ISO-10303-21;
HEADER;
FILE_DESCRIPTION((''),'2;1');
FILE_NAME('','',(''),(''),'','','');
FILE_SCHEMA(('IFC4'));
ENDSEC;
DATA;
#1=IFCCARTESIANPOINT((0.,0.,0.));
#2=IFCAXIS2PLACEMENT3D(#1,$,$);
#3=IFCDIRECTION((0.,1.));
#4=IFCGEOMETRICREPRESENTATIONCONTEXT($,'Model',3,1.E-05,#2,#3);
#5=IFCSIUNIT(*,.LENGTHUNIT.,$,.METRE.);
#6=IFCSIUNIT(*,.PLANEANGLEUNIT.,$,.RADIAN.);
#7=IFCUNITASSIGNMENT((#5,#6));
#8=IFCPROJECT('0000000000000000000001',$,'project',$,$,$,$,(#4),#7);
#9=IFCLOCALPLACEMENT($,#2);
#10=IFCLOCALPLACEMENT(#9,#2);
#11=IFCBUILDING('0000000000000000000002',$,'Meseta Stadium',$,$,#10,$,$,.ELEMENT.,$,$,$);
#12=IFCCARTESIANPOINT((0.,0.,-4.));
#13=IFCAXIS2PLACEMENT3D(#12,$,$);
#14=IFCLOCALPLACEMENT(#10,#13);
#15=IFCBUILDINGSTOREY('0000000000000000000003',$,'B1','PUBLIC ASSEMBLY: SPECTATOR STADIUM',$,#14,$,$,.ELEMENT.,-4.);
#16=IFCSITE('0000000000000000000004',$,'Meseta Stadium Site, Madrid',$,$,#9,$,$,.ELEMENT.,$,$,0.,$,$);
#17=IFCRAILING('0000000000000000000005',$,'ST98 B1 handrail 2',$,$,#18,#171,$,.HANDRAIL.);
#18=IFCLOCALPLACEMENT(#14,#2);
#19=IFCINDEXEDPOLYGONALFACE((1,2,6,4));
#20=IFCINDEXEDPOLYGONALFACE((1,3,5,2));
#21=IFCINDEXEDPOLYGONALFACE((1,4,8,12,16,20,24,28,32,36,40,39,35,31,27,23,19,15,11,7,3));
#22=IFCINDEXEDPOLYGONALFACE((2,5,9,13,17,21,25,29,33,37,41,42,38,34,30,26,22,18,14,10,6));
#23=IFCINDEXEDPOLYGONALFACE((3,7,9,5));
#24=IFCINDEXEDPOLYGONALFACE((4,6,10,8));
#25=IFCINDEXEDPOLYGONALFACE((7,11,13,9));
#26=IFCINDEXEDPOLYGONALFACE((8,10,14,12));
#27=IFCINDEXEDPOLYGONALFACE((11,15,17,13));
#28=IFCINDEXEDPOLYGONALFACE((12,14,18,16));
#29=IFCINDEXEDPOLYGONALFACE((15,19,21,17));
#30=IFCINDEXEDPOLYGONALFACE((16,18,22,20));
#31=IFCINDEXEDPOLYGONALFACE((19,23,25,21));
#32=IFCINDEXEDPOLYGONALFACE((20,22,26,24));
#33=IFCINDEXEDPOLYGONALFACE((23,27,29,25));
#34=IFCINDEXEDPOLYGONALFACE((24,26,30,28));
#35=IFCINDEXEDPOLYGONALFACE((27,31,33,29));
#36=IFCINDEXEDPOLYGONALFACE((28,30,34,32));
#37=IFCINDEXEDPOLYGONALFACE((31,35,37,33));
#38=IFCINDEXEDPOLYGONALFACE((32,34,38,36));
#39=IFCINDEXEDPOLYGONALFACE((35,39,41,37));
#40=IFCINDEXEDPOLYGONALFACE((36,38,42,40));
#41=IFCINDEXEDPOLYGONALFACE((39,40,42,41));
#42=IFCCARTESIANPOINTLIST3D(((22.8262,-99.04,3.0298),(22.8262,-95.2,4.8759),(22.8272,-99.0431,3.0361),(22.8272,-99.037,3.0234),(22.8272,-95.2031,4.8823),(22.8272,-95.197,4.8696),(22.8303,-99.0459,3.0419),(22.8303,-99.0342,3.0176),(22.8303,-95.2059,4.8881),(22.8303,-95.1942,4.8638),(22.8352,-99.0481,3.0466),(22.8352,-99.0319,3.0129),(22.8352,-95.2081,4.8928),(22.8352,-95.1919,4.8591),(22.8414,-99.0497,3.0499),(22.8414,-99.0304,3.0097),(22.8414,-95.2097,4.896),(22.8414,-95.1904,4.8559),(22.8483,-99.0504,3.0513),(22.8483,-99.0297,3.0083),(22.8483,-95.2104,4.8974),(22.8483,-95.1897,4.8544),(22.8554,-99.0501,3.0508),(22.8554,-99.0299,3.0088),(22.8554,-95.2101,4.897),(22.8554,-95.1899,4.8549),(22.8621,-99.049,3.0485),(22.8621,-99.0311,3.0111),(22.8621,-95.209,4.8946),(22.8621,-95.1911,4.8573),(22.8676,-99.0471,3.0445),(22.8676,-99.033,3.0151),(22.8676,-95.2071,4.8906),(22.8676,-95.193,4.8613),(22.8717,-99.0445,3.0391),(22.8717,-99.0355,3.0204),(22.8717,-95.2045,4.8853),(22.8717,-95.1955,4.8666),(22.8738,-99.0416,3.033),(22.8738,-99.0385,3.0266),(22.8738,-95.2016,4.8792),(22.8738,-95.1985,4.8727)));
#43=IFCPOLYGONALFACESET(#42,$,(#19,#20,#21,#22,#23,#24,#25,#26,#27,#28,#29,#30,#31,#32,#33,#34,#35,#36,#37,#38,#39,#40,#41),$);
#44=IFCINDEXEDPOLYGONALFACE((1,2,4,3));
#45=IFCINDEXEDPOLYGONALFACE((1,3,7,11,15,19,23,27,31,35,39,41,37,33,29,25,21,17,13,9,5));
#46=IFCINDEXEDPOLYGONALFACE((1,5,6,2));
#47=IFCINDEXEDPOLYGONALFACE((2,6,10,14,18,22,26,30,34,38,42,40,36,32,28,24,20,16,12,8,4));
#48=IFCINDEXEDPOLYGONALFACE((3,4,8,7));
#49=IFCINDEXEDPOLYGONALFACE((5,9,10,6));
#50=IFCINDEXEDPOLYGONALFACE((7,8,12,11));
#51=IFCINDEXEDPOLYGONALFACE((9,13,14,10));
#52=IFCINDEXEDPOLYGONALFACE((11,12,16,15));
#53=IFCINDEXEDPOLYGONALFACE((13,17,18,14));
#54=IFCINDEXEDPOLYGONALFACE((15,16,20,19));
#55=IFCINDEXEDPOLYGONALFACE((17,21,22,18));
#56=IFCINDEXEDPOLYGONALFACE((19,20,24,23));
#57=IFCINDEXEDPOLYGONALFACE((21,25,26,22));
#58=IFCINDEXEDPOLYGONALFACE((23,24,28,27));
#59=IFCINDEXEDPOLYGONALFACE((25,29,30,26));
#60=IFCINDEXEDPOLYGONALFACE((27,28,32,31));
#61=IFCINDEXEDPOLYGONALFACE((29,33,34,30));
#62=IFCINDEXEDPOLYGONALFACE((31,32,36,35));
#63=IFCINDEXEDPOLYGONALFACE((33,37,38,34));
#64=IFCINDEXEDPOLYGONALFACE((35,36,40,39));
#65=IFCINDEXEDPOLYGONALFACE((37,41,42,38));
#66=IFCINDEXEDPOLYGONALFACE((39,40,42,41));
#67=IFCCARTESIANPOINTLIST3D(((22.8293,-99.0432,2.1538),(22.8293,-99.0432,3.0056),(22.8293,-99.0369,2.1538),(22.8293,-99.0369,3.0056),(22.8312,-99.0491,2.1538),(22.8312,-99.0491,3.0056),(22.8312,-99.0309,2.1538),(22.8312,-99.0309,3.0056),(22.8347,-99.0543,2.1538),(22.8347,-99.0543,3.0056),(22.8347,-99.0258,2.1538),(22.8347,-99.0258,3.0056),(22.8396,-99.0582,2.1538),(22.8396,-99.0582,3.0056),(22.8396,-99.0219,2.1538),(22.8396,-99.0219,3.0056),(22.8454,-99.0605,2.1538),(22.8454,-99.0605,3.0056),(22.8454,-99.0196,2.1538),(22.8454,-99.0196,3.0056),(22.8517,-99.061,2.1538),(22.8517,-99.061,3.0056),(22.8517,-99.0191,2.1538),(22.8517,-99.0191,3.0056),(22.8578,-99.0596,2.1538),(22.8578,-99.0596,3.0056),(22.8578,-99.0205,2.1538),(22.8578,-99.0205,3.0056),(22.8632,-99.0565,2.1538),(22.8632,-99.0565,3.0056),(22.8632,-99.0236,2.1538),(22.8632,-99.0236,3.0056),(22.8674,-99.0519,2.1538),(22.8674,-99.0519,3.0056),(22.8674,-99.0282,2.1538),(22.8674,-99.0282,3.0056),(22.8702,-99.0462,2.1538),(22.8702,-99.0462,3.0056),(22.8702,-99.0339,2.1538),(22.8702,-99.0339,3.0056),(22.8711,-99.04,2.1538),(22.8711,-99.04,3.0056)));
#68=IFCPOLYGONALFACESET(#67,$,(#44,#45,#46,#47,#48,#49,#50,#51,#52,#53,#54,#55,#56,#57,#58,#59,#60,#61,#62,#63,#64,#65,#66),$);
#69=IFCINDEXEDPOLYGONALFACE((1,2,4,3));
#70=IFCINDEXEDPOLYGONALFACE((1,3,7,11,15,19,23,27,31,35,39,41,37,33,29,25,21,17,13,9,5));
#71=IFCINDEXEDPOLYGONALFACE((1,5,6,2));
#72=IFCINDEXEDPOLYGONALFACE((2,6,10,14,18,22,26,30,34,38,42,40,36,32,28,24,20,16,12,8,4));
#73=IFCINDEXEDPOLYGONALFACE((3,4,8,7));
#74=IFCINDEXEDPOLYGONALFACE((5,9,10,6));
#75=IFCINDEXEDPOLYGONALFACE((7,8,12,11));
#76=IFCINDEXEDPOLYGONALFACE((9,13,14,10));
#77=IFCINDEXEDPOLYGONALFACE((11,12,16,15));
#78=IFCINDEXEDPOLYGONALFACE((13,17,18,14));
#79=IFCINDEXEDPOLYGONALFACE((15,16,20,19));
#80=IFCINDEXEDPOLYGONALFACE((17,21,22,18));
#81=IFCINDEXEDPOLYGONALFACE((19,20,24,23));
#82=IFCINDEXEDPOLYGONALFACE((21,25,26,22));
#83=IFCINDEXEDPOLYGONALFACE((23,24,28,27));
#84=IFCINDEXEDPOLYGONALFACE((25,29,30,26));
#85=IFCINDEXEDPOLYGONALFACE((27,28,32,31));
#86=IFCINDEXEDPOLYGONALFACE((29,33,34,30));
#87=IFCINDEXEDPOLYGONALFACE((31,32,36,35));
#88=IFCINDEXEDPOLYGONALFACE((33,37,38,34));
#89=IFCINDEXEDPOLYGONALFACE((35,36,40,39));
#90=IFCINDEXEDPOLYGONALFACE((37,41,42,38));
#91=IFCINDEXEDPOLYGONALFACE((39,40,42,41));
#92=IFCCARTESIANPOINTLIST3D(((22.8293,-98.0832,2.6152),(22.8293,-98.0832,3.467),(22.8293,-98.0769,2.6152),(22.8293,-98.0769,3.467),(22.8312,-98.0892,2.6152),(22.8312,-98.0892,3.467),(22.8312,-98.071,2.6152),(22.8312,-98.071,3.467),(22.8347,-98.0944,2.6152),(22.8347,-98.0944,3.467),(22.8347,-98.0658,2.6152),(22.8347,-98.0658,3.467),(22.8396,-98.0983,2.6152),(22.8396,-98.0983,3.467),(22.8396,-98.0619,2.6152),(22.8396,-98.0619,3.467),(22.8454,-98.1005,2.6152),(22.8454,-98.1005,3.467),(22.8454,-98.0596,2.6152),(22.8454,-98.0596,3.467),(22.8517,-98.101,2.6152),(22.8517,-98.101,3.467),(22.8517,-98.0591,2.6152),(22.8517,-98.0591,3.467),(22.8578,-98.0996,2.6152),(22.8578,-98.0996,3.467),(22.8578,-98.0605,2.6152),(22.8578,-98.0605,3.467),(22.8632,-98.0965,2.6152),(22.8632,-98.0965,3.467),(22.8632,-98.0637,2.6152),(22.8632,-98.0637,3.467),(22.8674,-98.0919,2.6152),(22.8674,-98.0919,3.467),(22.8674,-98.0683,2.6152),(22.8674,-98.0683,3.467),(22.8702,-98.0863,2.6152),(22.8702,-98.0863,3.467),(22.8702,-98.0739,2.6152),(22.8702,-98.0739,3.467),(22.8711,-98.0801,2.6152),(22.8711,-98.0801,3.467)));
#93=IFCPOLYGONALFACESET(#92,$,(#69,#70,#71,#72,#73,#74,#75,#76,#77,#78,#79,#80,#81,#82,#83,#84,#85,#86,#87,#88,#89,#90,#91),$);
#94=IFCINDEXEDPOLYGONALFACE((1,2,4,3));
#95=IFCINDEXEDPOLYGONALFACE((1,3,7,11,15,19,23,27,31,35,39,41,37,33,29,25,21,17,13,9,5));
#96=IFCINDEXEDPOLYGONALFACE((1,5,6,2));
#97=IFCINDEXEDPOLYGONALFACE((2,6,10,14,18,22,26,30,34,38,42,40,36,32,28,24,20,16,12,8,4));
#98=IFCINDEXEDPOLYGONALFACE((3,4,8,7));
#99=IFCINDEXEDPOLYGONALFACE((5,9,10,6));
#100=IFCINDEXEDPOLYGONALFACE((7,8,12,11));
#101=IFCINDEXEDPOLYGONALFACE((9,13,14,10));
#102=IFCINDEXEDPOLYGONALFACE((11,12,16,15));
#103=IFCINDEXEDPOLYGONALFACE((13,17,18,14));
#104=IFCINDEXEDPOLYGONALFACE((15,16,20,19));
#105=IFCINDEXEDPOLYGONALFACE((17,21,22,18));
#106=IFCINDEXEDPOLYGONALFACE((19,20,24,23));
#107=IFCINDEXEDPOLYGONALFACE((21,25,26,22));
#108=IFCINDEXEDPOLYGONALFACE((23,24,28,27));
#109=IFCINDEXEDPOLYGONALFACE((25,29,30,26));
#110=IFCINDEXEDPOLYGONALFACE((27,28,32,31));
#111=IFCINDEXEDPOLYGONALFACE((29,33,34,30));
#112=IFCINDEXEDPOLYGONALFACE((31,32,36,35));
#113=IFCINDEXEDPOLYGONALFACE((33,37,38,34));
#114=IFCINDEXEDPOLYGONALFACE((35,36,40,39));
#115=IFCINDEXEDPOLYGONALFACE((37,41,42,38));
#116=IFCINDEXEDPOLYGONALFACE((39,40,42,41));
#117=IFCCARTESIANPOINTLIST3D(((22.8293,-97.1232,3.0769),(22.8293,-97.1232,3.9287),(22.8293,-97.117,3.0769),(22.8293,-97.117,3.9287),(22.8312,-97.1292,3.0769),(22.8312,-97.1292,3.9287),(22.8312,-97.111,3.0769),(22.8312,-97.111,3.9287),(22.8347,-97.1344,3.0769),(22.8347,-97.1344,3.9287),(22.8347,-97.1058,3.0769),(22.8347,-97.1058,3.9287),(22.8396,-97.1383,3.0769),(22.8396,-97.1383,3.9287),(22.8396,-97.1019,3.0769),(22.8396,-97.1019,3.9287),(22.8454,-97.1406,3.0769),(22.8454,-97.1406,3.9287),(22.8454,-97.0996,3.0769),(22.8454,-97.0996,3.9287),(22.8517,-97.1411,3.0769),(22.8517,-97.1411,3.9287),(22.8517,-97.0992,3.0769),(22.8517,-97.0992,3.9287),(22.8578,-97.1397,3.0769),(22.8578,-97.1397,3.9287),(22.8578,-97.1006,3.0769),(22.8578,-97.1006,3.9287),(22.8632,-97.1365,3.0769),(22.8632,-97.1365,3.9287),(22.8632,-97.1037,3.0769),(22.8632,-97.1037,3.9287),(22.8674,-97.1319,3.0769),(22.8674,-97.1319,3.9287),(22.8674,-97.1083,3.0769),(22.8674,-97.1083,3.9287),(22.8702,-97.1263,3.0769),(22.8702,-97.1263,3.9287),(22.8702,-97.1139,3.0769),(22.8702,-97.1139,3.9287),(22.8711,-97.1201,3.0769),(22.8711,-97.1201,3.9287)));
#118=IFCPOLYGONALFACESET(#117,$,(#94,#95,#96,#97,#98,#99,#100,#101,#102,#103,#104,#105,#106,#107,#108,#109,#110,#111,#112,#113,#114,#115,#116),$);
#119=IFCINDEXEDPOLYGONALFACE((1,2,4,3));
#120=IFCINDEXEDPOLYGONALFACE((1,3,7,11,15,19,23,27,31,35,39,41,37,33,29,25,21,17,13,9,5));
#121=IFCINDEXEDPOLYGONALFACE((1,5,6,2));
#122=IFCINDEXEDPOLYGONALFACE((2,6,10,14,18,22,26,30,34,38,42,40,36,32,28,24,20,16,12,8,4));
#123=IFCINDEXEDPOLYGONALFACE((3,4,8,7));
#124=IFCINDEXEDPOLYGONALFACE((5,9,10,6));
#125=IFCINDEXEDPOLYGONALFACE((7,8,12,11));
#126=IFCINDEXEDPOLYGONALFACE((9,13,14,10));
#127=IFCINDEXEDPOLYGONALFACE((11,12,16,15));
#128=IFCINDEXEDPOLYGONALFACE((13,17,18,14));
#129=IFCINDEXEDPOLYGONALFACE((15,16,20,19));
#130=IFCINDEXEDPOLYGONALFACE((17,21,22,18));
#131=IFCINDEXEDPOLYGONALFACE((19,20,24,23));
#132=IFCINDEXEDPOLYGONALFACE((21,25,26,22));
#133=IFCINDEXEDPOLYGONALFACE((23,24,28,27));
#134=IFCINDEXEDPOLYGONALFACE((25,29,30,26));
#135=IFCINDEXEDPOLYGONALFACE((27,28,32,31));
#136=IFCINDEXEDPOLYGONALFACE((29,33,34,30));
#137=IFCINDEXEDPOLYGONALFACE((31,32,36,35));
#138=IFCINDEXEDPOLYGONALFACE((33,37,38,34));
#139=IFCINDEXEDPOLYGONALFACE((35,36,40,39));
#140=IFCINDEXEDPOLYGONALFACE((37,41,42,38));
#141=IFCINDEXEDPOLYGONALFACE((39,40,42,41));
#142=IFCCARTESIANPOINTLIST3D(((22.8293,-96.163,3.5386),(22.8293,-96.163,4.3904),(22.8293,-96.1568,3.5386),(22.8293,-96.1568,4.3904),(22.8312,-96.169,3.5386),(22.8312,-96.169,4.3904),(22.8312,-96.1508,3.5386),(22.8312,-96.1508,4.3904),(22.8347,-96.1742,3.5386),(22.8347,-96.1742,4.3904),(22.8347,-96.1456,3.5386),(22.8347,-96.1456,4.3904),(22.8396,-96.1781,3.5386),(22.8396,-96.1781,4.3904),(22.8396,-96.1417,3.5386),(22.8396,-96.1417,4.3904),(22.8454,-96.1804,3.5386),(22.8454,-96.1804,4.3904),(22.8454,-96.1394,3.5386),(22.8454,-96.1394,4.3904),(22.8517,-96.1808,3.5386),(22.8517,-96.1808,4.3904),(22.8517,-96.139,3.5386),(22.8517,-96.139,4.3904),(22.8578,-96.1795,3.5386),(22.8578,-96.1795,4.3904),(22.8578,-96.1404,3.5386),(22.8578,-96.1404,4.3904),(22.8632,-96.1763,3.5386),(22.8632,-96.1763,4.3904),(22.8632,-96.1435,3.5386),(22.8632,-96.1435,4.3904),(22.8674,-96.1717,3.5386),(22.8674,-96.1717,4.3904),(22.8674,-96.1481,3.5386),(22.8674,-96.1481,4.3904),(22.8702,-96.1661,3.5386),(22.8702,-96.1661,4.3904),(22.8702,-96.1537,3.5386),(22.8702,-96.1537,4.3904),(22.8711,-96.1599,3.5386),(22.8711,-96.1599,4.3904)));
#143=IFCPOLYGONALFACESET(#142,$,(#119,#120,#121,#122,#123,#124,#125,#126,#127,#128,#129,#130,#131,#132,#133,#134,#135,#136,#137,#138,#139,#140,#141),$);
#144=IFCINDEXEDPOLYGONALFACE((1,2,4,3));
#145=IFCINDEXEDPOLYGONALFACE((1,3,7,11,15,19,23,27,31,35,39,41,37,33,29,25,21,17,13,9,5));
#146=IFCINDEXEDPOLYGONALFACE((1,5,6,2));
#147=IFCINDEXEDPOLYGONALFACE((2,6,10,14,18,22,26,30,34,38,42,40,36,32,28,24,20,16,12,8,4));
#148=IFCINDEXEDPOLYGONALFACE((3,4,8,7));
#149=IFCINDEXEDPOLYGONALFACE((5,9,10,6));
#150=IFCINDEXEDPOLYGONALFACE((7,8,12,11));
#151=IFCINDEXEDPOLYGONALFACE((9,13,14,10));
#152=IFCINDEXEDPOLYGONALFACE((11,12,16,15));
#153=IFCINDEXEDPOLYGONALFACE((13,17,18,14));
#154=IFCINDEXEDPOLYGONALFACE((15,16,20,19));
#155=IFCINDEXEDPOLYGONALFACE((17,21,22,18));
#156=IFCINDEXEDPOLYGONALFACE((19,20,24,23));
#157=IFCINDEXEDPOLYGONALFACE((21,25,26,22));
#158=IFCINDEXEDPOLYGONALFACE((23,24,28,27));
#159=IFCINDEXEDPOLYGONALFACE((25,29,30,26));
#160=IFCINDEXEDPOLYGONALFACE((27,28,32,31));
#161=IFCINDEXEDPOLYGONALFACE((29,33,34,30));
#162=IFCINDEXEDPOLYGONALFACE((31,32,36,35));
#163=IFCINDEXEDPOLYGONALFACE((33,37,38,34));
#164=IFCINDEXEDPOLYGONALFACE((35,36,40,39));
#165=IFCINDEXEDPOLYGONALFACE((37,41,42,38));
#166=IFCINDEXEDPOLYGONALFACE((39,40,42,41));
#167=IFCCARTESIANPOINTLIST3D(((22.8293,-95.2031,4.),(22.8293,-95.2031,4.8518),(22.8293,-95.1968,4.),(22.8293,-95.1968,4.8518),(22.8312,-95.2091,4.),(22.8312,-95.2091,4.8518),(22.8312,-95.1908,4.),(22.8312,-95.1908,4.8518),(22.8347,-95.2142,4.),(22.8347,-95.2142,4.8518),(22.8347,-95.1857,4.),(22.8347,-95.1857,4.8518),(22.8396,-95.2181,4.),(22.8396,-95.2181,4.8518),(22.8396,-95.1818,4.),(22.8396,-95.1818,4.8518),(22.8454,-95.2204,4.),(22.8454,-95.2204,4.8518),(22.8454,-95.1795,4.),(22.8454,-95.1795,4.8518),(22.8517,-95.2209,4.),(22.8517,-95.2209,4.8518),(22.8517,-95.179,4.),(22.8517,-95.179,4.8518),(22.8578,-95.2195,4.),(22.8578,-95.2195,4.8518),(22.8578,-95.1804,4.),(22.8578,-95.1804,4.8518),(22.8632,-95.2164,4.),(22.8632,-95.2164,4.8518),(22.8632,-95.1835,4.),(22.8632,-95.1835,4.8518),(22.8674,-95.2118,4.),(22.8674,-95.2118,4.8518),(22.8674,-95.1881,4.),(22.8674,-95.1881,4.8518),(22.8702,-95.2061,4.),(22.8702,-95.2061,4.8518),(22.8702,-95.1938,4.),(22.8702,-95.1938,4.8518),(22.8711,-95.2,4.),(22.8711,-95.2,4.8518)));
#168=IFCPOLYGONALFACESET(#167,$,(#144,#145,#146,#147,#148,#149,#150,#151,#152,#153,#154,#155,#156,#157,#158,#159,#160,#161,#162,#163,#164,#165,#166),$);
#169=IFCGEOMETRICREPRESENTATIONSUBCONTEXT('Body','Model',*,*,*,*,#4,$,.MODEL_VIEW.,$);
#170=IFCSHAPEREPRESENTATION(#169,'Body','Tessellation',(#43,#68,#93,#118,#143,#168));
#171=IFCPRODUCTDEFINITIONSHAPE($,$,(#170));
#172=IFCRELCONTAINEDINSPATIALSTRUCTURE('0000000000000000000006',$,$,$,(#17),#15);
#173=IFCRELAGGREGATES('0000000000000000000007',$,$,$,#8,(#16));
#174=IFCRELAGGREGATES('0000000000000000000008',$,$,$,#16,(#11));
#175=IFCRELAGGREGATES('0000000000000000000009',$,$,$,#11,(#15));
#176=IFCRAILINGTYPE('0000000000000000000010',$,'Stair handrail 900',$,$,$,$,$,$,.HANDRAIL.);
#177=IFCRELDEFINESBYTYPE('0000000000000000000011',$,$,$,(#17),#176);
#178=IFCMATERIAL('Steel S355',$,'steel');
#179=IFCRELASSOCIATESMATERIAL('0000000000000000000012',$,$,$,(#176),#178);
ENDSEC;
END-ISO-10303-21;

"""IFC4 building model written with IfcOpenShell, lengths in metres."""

from ifc_helpers import new_model, si_unit, direction, frame, origin, origin_2d, place, context, subcontext, project, spatial, circle, extrude, material, type_object, element, save


model = new_model("IFC4")

# Units and contexts
model_context = context("Model", 3, precision=1e-05, world=origin(), true_north=direction((0.0, 1.0)))
body_context = subcontext(model_context, "Body", "Model", "MODEL_VIEW")
ifc_project = project(units=[si_unit("LENGTHUNIT", "METRE"), si_unit("PLANEANGLEUNIT", "RADIAN")], contexts=[model_context])

# Site, building, storey
site_placement = place(None, origin())
site = spatial("IfcSite", under=ifc_project, at=site_placement, Name="Meseta Stadium Site, Madrid", CompositionType="ELEMENT", RefElevation=0.0)
building_placement = place(site_placement, origin())
building = spatial("IfcBuilding", under=site, at=building_placement, Name="Meseta Stadium", CompositionType="ELEMENT")
storey_placement = place(building_placement, frame((0.0, 0.0, -4.0)))
storey = spatial("IfcBuildingStorey", under=building, at=storey_placement, Name="B1", Description="PUBLIC ASSEMBLY: SPECTATOR STADIUM", CompositionType="ELEMENT", Elevation=-4.0)

# Railing
ifc_material_1 = material(Name="Steel S355", Category="steel")
railing_type_1 = type_object("IfcRailingType", Name="Stair handrail 900", PredefinedType="HANDRAIL", material=ifc_material_1)
railing_1_placement = place(storey_placement, frame((22.8501, -99.04, 2.1538)))
element("IfcRailing", 1, at=railing_1_placement, inside=storey, type_object=railing_type_1, Name="ST98 B1 handrail 2", PredefinedType="HANDRAIL", context=body_context, shape_type="SweptSolid", body=[
    extrude(circle(Radius=0.0239, at=origin_2d()), frame((0.0, 0.0, 0.876), z_axis=(0.0, 0.901253, 0.433294), x_axis=(-1.0, 0.0, 0.0)), (0.0, 0.0, 1.0), 4.2607),
    extrude(circle(Radius=0.021, at=origin_2d()), origin(), (0.0, 0.0, 1.0), 0.8518),
    extrude(circle(Radius=0.021, at=origin_2d()), frame((0.0, 0.96, 0.4614)), (0.0, 0.0, 1.0), 0.8518),
    extrude(circle(Radius=0.021, at=origin_2d()), frame((0.0, 1.9199, 0.9231)), (0.0, 0.0, 1.0), 0.8518),
    extrude(circle(Radius=0.021, at=origin_2d()), frame((0.0, 2.8801, 1.3848)), (0.0, 0.0, 1.0), 0.8518),
    extrude(circle(Radius=0.021, at=origin_2d()), frame((0.0, 3.8401, 1.8462)), (0.0, 0.0, 1.0), 0.8518),
])

save(model, "model.ifc")
